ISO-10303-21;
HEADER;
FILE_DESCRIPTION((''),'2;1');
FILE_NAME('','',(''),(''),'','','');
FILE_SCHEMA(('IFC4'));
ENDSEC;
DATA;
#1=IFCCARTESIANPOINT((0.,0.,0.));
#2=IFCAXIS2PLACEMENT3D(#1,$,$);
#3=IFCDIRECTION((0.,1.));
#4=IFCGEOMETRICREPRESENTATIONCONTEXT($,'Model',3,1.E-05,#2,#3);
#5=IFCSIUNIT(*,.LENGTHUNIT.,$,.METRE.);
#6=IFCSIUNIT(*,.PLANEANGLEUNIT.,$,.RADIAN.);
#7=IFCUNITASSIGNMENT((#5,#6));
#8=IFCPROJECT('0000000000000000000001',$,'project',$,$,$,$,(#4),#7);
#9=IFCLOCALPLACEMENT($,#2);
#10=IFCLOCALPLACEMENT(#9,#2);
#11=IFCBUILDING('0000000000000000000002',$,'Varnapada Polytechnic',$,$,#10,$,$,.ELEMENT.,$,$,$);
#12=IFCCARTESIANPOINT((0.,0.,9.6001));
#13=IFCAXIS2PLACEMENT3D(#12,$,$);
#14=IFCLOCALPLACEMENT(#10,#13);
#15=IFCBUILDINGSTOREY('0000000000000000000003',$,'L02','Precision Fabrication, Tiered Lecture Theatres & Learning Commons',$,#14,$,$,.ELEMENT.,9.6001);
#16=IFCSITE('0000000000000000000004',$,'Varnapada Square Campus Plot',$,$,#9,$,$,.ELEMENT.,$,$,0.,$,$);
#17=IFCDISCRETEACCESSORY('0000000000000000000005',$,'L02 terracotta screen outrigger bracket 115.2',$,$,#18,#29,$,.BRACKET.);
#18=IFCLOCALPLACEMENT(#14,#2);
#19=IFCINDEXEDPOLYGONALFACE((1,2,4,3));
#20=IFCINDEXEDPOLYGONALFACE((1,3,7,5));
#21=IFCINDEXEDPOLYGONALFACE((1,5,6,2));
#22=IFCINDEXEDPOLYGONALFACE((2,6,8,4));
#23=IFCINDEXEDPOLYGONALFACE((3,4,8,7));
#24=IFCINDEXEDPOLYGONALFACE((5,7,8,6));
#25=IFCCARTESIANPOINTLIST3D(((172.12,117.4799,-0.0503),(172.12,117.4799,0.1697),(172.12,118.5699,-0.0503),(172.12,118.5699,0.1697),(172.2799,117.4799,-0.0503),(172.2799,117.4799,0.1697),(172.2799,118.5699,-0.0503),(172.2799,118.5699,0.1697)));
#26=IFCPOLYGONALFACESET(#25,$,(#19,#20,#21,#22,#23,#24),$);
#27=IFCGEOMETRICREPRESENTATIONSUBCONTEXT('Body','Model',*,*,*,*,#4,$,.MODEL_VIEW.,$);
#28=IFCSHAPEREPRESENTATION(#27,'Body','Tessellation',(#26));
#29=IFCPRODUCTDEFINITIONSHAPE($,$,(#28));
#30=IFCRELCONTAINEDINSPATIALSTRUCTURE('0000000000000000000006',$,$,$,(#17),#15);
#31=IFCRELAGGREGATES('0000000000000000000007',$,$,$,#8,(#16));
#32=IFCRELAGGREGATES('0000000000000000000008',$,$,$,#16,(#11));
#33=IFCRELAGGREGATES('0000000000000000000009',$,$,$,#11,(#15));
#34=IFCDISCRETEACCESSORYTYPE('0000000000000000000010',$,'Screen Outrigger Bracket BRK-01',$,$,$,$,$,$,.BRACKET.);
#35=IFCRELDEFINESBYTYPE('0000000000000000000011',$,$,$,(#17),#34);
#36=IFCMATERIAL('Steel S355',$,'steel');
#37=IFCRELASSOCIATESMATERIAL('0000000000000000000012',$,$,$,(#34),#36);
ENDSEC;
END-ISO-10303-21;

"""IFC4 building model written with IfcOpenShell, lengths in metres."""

from ifc_helpers import new_model, si_unit, direction, frame, origin, origin_2d, place, context, subcontext, project, spatial, rectangle, extrude, material, type_object, element, save


model = new_model("IFC4")

# Units and contexts
model_context = context("Model", 3, precision=1e-05, world=origin(), true_north=direction((0.0, 1.0)))
body_context = subcontext(model_context, "Body", "Model", "MODEL_VIEW")
ifc_project = project(units=[si_unit("LENGTHUNIT", "METRE"), si_unit("PLANEANGLEUNIT", "RADIAN")], contexts=[model_context])

# Site, building, storey
site_placement = place(None, origin())
site = spatial("IfcSite", under=ifc_project, at=site_placement, Name="Varnapada Square Campus Plot", CompositionType="ELEMENT", RefElevation=0.0)
building_placement = place(site_placement, origin())
building = spatial("IfcBuilding", under=site, at=building_placement, Name="Varnapada Polytechnic", CompositionType="ELEMENT")
storey_placement = place(building_placement, frame((0.0, 0.0, 9.6001)))
storey = spatial("IfcBuildingStorey", under=building, at=storey_placement, Name="L02", Description="Precision Fabrication, Tiered Lecture Theatres & Learning Commons", CompositionType="ELEMENT", Elevation=9.6001)

# Discrete accessory
ifc_material_1 = material(Name="Steel S355", Category="steel")
discrete_accessory_type = type_object("IfcDiscreteAccessoryType", Name="Screen Outrigger Bracket BRK-01", PredefinedType="BRACKET", material=ifc_material_1)
for number, where, z_axis, x_axis, name in (
    (1, (172.2, 118.0249, -0.0503), (0.0, 0.0, 1.0), (1.0, 0.0, 0.0), "L02 terracotta screen outrigger bracket 115.2"),
):
    element("IfcDiscreteAccessory", number, at=place(storey_placement, frame(where, z_axis=z_axis, x_axis=x_axis)), inside=storey, type_object=discrete_accessory_type, Name=name, PredefinedType="BRACKET", context=body_context, shape_type="SweptSolid", body=[
        extrude(rectangle(XDim=0.1599, YDim=1.0901, at=origin_2d()), origin(), (0.0, 0.0, 1.0), 0.22),
    ])

save(model, "model.ifc")
